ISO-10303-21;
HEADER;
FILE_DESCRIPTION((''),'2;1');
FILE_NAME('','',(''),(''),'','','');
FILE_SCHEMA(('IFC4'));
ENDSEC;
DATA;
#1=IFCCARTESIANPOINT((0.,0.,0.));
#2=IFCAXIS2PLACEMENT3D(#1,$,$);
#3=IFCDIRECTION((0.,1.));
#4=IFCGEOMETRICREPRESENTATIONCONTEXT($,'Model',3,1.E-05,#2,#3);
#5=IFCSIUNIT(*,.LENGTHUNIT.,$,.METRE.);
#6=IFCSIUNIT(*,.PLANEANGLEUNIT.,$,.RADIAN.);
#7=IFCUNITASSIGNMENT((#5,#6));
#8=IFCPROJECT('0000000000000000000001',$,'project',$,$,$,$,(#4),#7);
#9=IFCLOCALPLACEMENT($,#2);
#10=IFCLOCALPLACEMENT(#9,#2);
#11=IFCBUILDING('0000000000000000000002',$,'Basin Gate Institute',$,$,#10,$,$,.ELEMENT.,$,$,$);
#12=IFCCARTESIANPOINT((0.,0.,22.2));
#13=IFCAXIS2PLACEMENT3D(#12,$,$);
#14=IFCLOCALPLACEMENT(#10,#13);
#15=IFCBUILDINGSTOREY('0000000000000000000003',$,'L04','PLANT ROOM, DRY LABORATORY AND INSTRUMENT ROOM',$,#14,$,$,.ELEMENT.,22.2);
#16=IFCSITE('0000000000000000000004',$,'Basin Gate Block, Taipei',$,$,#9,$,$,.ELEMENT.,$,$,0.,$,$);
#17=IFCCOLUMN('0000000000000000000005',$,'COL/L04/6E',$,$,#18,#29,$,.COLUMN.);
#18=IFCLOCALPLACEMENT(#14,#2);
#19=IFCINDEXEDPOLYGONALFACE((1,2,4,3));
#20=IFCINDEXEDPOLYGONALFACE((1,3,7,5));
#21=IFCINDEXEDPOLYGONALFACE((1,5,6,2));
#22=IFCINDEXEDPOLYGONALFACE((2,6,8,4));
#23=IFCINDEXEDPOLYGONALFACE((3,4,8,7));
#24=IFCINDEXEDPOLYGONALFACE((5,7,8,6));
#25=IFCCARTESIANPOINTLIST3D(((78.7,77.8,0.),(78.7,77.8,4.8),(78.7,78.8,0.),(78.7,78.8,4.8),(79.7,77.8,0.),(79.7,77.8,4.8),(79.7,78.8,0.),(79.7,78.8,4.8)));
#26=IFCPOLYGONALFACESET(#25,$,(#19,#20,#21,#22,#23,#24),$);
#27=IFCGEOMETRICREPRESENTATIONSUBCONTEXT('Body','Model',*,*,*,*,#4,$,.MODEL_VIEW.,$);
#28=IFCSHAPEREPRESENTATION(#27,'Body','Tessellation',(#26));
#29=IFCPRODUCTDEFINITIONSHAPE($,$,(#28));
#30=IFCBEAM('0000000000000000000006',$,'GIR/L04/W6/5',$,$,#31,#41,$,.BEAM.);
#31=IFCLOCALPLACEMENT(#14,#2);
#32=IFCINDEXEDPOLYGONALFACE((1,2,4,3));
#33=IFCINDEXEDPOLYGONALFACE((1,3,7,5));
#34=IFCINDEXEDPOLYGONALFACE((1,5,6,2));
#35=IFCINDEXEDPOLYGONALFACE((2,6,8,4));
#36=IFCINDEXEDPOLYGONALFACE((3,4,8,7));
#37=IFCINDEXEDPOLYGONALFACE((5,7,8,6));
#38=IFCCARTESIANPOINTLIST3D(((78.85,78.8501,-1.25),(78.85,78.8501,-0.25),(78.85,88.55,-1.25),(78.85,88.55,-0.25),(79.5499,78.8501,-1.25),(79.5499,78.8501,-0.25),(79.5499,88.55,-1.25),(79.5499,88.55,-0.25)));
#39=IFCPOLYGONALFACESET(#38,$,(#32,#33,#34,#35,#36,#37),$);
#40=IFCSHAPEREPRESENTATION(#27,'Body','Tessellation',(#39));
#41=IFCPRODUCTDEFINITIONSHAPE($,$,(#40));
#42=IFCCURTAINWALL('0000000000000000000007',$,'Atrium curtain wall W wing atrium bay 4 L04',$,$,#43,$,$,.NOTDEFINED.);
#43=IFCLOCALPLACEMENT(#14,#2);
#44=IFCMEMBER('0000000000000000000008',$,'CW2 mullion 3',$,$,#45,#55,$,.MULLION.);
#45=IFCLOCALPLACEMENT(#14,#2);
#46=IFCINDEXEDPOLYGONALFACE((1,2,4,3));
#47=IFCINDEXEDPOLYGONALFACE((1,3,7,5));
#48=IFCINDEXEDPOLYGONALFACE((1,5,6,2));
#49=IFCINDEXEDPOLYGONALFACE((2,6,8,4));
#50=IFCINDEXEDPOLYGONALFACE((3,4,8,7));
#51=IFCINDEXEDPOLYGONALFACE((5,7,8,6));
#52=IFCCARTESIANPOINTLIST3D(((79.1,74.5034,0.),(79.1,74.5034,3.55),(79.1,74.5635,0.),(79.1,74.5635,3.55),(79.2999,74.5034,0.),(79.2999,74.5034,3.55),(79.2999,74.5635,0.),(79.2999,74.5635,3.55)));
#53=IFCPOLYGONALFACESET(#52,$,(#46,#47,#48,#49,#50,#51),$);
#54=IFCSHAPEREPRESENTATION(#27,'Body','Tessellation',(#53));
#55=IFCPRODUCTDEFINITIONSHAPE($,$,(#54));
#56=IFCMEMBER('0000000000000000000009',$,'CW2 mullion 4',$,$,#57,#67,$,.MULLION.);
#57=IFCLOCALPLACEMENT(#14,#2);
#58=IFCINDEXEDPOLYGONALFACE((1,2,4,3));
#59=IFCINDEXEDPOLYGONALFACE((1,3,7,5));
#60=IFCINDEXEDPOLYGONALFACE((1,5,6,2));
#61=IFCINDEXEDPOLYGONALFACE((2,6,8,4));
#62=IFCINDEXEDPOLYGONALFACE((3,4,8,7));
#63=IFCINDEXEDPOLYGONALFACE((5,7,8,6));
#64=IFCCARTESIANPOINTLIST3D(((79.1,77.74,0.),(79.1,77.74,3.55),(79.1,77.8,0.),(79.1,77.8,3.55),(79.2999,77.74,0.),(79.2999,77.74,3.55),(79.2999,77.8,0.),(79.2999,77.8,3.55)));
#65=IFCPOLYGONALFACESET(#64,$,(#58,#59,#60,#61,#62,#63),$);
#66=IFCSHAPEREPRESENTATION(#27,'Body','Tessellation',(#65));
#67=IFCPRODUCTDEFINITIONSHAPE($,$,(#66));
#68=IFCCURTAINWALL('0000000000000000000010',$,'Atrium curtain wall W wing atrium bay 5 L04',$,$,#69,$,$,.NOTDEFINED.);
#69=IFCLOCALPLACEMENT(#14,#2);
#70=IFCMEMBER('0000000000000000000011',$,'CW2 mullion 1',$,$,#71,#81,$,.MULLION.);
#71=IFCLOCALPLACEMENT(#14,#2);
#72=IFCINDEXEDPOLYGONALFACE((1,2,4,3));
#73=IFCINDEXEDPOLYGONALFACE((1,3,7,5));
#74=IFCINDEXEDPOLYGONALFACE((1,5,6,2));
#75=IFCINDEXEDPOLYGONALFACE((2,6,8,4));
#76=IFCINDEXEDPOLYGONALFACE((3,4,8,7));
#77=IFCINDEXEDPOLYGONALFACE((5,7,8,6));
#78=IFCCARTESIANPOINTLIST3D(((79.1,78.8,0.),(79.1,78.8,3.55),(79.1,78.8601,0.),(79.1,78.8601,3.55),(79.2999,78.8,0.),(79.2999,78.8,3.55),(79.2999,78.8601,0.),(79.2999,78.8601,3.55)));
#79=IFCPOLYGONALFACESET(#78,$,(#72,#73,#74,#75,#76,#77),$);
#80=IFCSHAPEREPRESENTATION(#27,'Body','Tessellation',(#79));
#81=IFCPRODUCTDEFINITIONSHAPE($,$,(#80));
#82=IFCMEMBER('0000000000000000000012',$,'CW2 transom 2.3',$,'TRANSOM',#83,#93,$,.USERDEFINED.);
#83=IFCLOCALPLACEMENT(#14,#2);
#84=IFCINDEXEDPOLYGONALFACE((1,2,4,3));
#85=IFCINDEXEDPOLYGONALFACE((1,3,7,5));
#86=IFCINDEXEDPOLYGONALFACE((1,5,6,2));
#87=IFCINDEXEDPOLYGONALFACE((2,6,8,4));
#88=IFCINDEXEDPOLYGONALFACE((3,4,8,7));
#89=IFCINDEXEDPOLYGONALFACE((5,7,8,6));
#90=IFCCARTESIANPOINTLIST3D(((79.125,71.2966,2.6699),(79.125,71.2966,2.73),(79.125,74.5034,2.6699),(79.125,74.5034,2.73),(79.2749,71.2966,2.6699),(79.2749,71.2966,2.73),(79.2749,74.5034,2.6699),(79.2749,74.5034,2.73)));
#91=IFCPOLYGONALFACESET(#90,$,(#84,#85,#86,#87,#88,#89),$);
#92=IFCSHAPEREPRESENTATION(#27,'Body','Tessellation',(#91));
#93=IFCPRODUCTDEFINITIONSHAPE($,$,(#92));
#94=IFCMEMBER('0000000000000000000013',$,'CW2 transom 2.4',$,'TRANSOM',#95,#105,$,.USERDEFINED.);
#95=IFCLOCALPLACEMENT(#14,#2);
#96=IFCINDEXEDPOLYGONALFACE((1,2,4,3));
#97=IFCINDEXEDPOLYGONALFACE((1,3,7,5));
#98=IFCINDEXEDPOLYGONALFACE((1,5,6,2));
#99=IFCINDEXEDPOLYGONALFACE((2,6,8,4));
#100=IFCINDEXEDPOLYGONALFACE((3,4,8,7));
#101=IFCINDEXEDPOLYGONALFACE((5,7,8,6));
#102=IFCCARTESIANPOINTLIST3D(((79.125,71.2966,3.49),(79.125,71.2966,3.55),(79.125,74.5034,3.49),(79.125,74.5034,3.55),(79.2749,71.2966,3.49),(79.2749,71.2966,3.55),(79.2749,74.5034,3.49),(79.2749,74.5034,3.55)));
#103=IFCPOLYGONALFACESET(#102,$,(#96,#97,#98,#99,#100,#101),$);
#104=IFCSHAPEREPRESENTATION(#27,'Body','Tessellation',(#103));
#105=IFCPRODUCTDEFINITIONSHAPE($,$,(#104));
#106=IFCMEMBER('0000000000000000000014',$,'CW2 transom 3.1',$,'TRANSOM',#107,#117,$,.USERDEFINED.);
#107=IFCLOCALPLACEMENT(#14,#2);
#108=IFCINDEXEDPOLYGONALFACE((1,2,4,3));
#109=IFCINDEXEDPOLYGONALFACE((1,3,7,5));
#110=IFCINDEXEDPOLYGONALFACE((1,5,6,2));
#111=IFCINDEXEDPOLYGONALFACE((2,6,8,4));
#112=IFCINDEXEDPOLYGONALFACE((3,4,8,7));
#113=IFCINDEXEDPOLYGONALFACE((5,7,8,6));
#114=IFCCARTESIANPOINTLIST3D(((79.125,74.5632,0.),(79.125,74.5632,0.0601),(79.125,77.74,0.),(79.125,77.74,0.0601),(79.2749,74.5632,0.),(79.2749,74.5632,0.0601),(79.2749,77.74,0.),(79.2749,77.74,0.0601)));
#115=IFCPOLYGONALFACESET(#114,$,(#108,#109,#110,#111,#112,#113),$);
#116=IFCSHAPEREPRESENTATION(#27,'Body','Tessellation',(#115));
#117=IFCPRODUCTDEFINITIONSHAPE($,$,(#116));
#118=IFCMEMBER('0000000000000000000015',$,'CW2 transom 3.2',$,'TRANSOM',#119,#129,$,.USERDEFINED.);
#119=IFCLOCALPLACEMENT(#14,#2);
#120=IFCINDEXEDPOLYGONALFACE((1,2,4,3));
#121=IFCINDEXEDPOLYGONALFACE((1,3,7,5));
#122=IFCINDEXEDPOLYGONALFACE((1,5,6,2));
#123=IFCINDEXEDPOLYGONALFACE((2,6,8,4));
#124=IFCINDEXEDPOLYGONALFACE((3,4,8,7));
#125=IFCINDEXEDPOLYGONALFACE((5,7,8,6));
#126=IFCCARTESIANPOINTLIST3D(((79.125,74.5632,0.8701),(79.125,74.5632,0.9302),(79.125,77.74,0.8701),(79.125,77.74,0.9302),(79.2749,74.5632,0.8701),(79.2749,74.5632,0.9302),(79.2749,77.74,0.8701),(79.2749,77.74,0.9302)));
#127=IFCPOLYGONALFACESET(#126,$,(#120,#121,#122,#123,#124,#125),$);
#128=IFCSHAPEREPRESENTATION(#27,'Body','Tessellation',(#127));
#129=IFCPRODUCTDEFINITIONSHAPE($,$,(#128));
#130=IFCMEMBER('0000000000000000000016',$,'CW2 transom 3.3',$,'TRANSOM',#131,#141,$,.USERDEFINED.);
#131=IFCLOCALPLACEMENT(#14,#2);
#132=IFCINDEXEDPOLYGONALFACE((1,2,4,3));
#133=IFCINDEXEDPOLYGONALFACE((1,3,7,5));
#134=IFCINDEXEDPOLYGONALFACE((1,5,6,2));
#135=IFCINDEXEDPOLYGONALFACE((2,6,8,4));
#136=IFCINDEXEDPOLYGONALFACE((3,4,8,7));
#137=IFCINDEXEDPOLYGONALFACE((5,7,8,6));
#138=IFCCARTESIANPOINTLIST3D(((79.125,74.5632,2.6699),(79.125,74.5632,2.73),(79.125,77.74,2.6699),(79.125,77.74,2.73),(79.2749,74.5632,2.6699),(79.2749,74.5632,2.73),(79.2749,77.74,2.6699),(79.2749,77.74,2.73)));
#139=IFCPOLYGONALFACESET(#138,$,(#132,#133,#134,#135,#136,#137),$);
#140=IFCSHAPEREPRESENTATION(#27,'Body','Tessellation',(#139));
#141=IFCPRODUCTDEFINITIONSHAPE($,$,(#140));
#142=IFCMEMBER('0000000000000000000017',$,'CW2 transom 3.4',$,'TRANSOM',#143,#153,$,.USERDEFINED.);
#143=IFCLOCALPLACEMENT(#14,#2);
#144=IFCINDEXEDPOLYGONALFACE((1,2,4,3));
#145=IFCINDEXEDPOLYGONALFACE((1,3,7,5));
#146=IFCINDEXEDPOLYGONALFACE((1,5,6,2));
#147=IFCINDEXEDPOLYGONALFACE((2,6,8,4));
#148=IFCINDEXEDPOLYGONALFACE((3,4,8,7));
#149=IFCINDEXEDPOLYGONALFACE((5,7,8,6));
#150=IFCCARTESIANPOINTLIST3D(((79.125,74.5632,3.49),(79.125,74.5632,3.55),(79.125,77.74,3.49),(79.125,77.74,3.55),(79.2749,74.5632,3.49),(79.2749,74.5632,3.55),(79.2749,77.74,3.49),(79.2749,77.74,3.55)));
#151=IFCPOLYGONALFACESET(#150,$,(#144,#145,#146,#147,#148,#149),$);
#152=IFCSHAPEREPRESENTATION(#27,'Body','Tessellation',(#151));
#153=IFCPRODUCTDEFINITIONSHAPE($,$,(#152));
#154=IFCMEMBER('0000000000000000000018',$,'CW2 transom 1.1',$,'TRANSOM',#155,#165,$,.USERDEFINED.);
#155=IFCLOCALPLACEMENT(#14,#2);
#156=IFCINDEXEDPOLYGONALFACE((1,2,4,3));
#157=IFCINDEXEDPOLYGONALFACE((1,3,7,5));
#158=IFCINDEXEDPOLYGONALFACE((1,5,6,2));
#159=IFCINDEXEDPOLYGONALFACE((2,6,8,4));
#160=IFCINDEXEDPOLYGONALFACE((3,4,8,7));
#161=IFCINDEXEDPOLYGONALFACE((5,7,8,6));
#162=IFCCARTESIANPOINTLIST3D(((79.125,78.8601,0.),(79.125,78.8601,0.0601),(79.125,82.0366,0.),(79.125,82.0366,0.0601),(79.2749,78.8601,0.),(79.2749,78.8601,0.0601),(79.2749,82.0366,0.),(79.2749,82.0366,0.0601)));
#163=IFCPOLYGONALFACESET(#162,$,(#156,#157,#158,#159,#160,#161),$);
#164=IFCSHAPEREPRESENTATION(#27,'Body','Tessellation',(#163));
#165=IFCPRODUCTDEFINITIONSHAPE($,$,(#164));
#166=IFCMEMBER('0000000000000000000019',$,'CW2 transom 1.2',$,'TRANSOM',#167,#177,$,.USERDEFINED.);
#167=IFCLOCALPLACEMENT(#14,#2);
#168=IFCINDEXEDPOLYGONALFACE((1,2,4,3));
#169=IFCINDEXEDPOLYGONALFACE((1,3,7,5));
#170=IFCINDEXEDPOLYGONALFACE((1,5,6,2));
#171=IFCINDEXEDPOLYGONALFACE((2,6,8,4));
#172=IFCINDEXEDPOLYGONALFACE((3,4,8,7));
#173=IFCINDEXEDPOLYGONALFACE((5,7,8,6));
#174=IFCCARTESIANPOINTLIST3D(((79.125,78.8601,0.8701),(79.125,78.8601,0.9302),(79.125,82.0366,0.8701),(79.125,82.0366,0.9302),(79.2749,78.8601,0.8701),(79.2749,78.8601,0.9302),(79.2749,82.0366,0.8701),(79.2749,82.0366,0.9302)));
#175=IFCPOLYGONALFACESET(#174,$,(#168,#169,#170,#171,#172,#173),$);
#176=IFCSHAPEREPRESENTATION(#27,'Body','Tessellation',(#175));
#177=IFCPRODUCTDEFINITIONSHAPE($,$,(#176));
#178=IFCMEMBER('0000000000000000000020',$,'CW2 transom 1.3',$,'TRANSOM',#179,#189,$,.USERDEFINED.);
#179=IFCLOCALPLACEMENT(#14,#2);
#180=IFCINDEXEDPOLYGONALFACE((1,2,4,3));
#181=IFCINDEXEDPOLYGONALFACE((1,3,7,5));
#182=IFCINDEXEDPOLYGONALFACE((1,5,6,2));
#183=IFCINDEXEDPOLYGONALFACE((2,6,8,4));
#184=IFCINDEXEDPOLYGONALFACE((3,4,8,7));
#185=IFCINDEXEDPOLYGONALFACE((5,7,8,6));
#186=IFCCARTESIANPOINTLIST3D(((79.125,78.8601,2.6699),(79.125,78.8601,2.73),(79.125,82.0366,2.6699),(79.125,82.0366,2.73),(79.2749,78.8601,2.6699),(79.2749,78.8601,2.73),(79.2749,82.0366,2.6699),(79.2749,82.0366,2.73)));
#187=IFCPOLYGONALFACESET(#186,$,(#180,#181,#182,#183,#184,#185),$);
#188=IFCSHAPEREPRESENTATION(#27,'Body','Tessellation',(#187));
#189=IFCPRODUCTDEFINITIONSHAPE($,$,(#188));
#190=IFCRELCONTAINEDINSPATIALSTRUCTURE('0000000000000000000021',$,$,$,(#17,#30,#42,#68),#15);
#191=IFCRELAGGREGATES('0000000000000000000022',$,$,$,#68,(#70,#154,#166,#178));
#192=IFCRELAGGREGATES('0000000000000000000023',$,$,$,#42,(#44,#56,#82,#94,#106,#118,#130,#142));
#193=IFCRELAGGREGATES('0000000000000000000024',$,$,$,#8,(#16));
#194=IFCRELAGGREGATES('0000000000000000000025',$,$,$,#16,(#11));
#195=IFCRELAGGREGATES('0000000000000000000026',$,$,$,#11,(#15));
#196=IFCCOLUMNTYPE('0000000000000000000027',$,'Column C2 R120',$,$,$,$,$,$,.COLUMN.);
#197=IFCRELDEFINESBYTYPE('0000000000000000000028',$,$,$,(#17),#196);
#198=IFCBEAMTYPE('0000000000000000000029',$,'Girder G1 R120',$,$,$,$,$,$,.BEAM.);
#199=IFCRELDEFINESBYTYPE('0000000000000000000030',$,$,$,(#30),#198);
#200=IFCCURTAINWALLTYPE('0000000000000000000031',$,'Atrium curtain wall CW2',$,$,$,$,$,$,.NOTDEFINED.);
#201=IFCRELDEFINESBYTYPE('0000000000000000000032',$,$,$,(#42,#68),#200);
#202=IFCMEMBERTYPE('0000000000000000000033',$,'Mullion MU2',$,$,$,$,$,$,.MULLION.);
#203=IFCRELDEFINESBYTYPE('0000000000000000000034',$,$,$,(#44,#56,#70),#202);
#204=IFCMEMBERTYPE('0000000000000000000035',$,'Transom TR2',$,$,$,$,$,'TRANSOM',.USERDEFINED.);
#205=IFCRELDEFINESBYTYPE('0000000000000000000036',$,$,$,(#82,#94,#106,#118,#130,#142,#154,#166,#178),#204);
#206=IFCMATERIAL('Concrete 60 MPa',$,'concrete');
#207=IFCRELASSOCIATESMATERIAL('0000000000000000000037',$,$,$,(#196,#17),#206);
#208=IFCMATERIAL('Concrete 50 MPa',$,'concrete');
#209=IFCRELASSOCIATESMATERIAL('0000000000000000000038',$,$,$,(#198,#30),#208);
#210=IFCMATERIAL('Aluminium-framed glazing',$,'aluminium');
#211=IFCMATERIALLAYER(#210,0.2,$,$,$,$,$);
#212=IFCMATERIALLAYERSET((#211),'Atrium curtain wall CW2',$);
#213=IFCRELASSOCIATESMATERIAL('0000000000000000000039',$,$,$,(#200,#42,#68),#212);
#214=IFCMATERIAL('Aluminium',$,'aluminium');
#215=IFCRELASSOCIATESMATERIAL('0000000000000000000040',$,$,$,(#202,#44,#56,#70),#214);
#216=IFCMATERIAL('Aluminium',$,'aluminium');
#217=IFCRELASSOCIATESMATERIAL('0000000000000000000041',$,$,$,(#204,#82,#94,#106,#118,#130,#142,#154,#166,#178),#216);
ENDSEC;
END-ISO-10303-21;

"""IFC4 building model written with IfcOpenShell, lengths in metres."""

from ifc_helpers import new_model, si_unit, direction, frame, origin, origin_2d, place, context, subcontext, project, spatial, rectangle, extrude, material, layer, layer_set, material_profile, profile_set, type_object, element, aggregate, save


model = new_model("IFC4")

# Units and contexts
model_context = context("Model", 3, precision=1e-05, world=origin(), true_north=direction((0.0, 1.0)))
body_context = subcontext(model_context, "Body", "Model", "MODEL_VIEW")
ifc_project = project(units=[si_unit("LENGTHUNIT", "METRE"), si_unit("PLANEANGLEUNIT", "RADIAN")], contexts=[model_context])

# Site, building, storey
site_placement = place(None, origin())
site = spatial("IfcSite", under=ifc_project, at=site_placement, Name="Basin Gate Block, Taipei", CompositionType="ELEMENT", RefElevation=0.0)
building_placement = place(site_placement, origin())
building = spatial("IfcBuilding", under=site, at=building_placement, Name="Basin Gate Institute", CompositionType="ELEMENT")
storey_placement = place(building_placement, frame((0.0, 0.0, 22.2)))
storey = spatial("IfcBuildingStorey", under=building, at=storey_placement, Name="L04", Description="PLANT ROOM, DRY LABORATORY AND INSTRUMENT ROOM", CompositionType="ELEMENT", Elevation=22.2)

# Column
ifc_material_1 = material(Name="Concrete 60 MPa", Category="concrete")
ifc_material_profile_1 = material_profile(ifc_material_1, rectangle(XDim=1.0, YDim=1.0, at=origin_2d()), Name="Column C2 1000 x 1000")
ifc_profile_set_1 = profile_set([ifc_material_profile_1], Name="Concrete 60 MPa")
column_type = type_object("IfcColumnType", Name="Column C2 R120", PredefinedType="COLUMN", material=ifc_profile_set_1)
column_placement = place(storey_placement, frame((79.2, 78.3, 0.0), z_axis=(0.0, 0.0, 1.0), x_axis=(1.0, 0.0, 0.0)))
element("IfcColumn", 1, at=column_placement, inside=storey, type_object=column_type, material=ifc_profile_set_1, Name="COL/L04/6E", PredefinedType="COLUMN", context=body_context, shape_type="SweptSolid", body=[
    extrude(rectangle(XDim=1.0, YDim=1.0, at=origin_2d()), origin(), (0.0, 0.0, 1.0), 4.8),
])

# Beam
ifc_material_2 = material(Name="Concrete 50 MPa", Category="concrete")
ifc_material_profile_2 = material_profile(ifc_material_2, rectangle(XDim=0.7, YDim=1.0, at=origin_2d()), Name="Girder G1 700 x 1000")
ifc_profile_set_2 = profile_set([ifc_material_profile_2], Name="Concrete 50 MPa")
beam_type = type_object("IfcBeamType", Name="Girder G1 R120", PredefinedType="BEAM", material=ifc_profile_set_2)
beam_placement = place(storey_placement, frame((79.2, 78.8501, -0.75), z_axis=(0.0, 1.0, 0.0), x_axis=(-1.0, 0.0, 0.0)))
element("IfcBeam", 2, at=beam_placement, inside=storey, type_object=beam_type, material=ifc_profile_set_2, Name="GIR/L04/W6/5", PredefinedType="BEAM", context=body_context, shape_type="SweptSolid", body=[
    extrude(rectangle(XDim=0.7, YDim=1.0, at=origin_2d()), origin(), (0.0, 0.0, 1.0), 9.7),
])

# Curtain wall, members
ifc_material_3 = material(Name="Aluminium-framed glazing", Category="aluminium")
ifc_layer_1 = layer(ifc_material_3, 0.2)
ifc_layer_set_1 = layer_set([ifc_layer_1], Name="Atrium curtain wall CW2")
curtain_wall_type = type_object("IfcCurtainWallType", Name="Atrium curtain wall CW2", PredefinedType="NOTDEFINED", material=ifc_layer_set_1)
curtain_wall_1_placement = place(storey_placement, origin())
curtain_wall_1 = element("IfcCurtainWall", 3, at=curtain_wall_1_placement, inside=storey, type_object=curtain_wall_type, material=ifc_layer_set_1, Name="Atrium curtain wall W wing atrium bay 4 L04", PredefinedType="NOTDEFINED")
ifc_material_4 = material(Name="Aluminium", Category="aluminium")
ifc_material_profile_3 = material_profile(ifc_material_4, rectangle(XDim=0.2, YDim=0.0601, at=origin_2d()), Name="Mullion MU2 200 x 60")
ifc_profile_set_3 = profile_set([ifc_material_profile_3], Name="Aluminium")
member_type_1 = type_object("IfcMemberType", Name="Mullion MU2", PredefinedType="MULLION", material=ifc_profile_set_3)
member_1_placement = place(storey_placement, frame((79.2, 74.5334, 0.0), z_axis=(0.0, 0.0, 1.0), x_axis=(-1.0, 0.0, 0.0)))
member_1 = element("IfcMember", 4, at=member_1_placement, type_object=member_type_1, material=ifc_profile_set_3, Name="CW2 mullion 3", PredefinedType="MULLION", context=body_context, shape_type="SweptSolid", body=[
    extrude(rectangle(XDim=0.2, YDim=0.0601, at=origin_2d()), origin(), (0.0, 0.0, 1.0), 3.55),
])
member_2_placement = place(storey_placement, frame((79.2, 77.77, 0.0), z_axis=(0.0, 0.0, 1.0), x_axis=(-1.0, 0.0, 0.0)))
member_2 = element("IfcMember", 5, at=member_2_placement, type_object=member_type_1, material=ifc_profile_set_3, Name="CW2 mullion 4", PredefinedType="MULLION", context=body_context, shape_type="SweptSolid", body=[
    extrude(rectangle(XDim=0.2, YDim=0.0601, at=origin_2d()), origin(), (0.0, 0.0, 1.0), 3.55),
])

# Curtain wall, member
curtain_wall_2_placement = place(storey_placement, origin())
curtain_wall_2 = element("IfcCurtainWall", 6, at=curtain_wall_2_placement, inside=storey, type_object=curtain_wall_type, material=ifc_layer_set_1, Name="Atrium curtain wall W wing atrium bay 5 L04", PredefinedType="NOTDEFINED")
member_3_placement = place(storey_placement, frame((79.2, 78.8301, 0.0), z_axis=(0.0, 0.0, 1.0), x_axis=(-1.0, 0.0, 0.0)))
member_3 = element("IfcMember", 7, at=member_3_placement, type_object=member_type_1, material=ifc_profile_set_3, Name="CW2 mullion 1", PredefinedType="MULLION", context=body_context, shape_type="SweptSolid", body=[
    extrude(rectangle(XDim=0.2, YDim=0.0601, at=origin_2d()), origin(), (0.0, 0.0, 1.0), 3.55),
])

# Members
ifc_material_5 = material(Name="Aluminium", Category="aluminium")
ifc_material_profile_4 = material_profile(ifc_material_5, rectangle(XDim=0.1499, YDim=0.0601, at=origin_2d()), Name="Transom TR2 150 x 60")
ifc_profile_set_4 = profile_set([ifc_material_profile_4], Name="Aluminium")
member_type_2 = type_object("IfcMemberType", Name="Transom TR2", ElementType="TRANSOM", PredefinedType="USERDEFINED", material=ifc_profile_set_4)
member_4_placement = place(storey_placement, frame((79.2, 71.2966, 2.7), z_axis=(0.0, 1.0, 0.0), x_axis=(-1.0, 0.0, 0.0)))
member_4 = element("IfcMember", 8, at=member_4_placement, type_object=member_type_2, material=ifc_profile_set_4, Name="CW2 transom 2.3", ObjectType="TRANSOM", PredefinedType="USERDEFINED", context=body_context, shape_type="SweptSolid", body=[
    extrude(rectangle(XDim=0.1499, YDim=0.0601, at=origin_2d()), origin(), (0.0, 0.0, 1.0), 3.2068),
])
member_5_placement = place(storey_placement, frame((79.2, 71.2966, 3.52), z_axis=(0.0, 1.0, 0.0), x_axis=(-1.0, 0.0, 0.0)))
member_5 = element("IfcMember", 9, at=member_5_placement, type_object=member_type_2, material=ifc_profile_set_4, Name="CW2 transom 2.4", ObjectType="TRANSOM", PredefinedType="USERDEFINED", context=body_context, shape_type="SweptSolid", body=[
    extrude(rectangle(XDim=0.1499, YDim=0.0601, at=origin_2d()), origin(), (0.0, 0.0, 1.0), 3.2068),
])
member_6_placement = place(storey_placement, frame((79.2, 74.5632, 0.03), z_axis=(0.0, 1.0, 0.0), x_axis=(-1.0, 0.0, 0.0)))
member_6 = element("IfcMember", 10, at=member_6_placement, type_object=member_type_2, material=ifc_profile_set_4, Name="CW2 transom 3.1", ObjectType="TRANSOM", PredefinedType="USERDEFINED", context=body_context, shape_type="SweptSolid", body=[
    extrude(rectangle(XDim=0.1499, YDim=0.0601, at=origin_2d()), origin(), (0.0, 0.0, 1.0), 3.1768),
])
member_7_placement = place(storey_placement, frame((79.2, 74.5632, 0.9001), z_axis=(0.0, 1.0, 0.0), x_axis=(-1.0, 0.0, 0.0)))
member_7 = element("IfcMember", 11, at=member_7_placement, type_object=member_type_2, material=ifc_profile_set_4, Name="CW2 transom 3.2", ObjectType="TRANSOM", PredefinedType="USERDEFINED", context=body_context, shape_type="SweptSolid", body=[
    extrude(rectangle(XDim=0.1499, YDim=0.0601, at=origin_2d()), origin(), (0.0, 0.0, 1.0), 3.1768),
])
member_8_placement = place(storey_placement, frame((79.2, 74.5632, 2.7), z_axis=(0.0, 1.0, 0.0), x_axis=(-1.0, 0.0, 0.0)))
member_8 = element("IfcMember", 12, at=member_8_placement, type_object=member_type_2, material=ifc_profile_set_4, Name="CW2 transom 3.3", ObjectType="TRANSOM", PredefinedType="USERDEFINED", context=body_context, shape_type="SweptSolid", body=[
    extrude(rectangle(XDim=0.1499, YDim=0.0601, at=origin_2d()), origin(), (0.0, 0.0, 1.0), 3.1768),
])
member_9_placement = place(storey_placement, frame((79.2, 74.5632, 3.52), z_axis=(0.0, 1.0, 0.0), x_axis=(-1.0, 0.0, 0.0)))
member_9 = element("IfcMember", 13, at=member_9_placement, type_object=member_type_2, material=ifc_profile_set_4, Name="CW2 transom 3.4", ObjectType="TRANSOM", PredefinedType="USERDEFINED", context=body_context, shape_type="SweptSolid", body=[
    extrude(rectangle(XDim=0.1499, YDim=0.0601, at=origin_2d()), origin(), (0.0, 0.0, 1.0), 3.1768),
])
member_10_placement = place(storey_placement, frame((79.2, 78.8601, 0.03), z_axis=(0.0, 1.0, 0.0), x_axis=(-1.0, 0.0, 0.0)))
member_10 = element("IfcMember", 14, at=member_10_placement, type_object=member_type_2, material=ifc_profile_set_4, Name="CW2 transom 1.1", ObjectType="TRANSOM", PredefinedType="USERDEFINED", context=body_context, shape_type="SweptSolid", body=[
    extrude(rectangle(XDim=0.1499, YDim=0.0601, at=origin_2d()), origin(), (0.0, 0.0, 1.0), 3.1765),
])
member_11_placement = place(storey_placement, frame((79.2, 78.8601, 0.9001), z_axis=(0.0, 1.0, 0.0), x_axis=(-1.0, 0.0, 0.0)))
member_11 = element("IfcMember", 15, at=member_11_placement, type_object=member_type_2, material=ifc_profile_set_4, Name="CW2 transom 1.2", ObjectType="TRANSOM", PredefinedType="USERDEFINED", context=body_context, shape_type="SweptSolid", body=[
    extrude(rectangle(XDim=0.1499, YDim=0.0601, at=origin_2d()), origin(), (0.0, 0.0, 1.0), 3.1765),
])
member_12_placement = place(storey_placement, frame((79.2, 78.8601, 2.7), z_axis=(0.0, 1.0, 0.0), x_axis=(-1.0, 0.0, 0.0)))
member_12 = element("IfcMember", 16, at=member_12_placement, type_object=member_type_2, material=ifc_profile_set_4, Name="CW2 transom 1.3", ObjectType="TRANSOM", PredefinedType="USERDEFINED", context=body_context, shape_type="SweptSolid", body=[
    extrude(rectangle(XDim=0.1499, YDim=0.0601, at=origin_2d()), origin(), (0.0, 0.0, 1.0), 3.1765),
])
aggregate(curtain_wall_2, [member_3, member_10, member_11, member_12])

aggregate(curtain_wall_1, [member_1, member_2, member_4, member_5, member_6, member_7, member_8, member_9])

save(model, "model.ifc")
